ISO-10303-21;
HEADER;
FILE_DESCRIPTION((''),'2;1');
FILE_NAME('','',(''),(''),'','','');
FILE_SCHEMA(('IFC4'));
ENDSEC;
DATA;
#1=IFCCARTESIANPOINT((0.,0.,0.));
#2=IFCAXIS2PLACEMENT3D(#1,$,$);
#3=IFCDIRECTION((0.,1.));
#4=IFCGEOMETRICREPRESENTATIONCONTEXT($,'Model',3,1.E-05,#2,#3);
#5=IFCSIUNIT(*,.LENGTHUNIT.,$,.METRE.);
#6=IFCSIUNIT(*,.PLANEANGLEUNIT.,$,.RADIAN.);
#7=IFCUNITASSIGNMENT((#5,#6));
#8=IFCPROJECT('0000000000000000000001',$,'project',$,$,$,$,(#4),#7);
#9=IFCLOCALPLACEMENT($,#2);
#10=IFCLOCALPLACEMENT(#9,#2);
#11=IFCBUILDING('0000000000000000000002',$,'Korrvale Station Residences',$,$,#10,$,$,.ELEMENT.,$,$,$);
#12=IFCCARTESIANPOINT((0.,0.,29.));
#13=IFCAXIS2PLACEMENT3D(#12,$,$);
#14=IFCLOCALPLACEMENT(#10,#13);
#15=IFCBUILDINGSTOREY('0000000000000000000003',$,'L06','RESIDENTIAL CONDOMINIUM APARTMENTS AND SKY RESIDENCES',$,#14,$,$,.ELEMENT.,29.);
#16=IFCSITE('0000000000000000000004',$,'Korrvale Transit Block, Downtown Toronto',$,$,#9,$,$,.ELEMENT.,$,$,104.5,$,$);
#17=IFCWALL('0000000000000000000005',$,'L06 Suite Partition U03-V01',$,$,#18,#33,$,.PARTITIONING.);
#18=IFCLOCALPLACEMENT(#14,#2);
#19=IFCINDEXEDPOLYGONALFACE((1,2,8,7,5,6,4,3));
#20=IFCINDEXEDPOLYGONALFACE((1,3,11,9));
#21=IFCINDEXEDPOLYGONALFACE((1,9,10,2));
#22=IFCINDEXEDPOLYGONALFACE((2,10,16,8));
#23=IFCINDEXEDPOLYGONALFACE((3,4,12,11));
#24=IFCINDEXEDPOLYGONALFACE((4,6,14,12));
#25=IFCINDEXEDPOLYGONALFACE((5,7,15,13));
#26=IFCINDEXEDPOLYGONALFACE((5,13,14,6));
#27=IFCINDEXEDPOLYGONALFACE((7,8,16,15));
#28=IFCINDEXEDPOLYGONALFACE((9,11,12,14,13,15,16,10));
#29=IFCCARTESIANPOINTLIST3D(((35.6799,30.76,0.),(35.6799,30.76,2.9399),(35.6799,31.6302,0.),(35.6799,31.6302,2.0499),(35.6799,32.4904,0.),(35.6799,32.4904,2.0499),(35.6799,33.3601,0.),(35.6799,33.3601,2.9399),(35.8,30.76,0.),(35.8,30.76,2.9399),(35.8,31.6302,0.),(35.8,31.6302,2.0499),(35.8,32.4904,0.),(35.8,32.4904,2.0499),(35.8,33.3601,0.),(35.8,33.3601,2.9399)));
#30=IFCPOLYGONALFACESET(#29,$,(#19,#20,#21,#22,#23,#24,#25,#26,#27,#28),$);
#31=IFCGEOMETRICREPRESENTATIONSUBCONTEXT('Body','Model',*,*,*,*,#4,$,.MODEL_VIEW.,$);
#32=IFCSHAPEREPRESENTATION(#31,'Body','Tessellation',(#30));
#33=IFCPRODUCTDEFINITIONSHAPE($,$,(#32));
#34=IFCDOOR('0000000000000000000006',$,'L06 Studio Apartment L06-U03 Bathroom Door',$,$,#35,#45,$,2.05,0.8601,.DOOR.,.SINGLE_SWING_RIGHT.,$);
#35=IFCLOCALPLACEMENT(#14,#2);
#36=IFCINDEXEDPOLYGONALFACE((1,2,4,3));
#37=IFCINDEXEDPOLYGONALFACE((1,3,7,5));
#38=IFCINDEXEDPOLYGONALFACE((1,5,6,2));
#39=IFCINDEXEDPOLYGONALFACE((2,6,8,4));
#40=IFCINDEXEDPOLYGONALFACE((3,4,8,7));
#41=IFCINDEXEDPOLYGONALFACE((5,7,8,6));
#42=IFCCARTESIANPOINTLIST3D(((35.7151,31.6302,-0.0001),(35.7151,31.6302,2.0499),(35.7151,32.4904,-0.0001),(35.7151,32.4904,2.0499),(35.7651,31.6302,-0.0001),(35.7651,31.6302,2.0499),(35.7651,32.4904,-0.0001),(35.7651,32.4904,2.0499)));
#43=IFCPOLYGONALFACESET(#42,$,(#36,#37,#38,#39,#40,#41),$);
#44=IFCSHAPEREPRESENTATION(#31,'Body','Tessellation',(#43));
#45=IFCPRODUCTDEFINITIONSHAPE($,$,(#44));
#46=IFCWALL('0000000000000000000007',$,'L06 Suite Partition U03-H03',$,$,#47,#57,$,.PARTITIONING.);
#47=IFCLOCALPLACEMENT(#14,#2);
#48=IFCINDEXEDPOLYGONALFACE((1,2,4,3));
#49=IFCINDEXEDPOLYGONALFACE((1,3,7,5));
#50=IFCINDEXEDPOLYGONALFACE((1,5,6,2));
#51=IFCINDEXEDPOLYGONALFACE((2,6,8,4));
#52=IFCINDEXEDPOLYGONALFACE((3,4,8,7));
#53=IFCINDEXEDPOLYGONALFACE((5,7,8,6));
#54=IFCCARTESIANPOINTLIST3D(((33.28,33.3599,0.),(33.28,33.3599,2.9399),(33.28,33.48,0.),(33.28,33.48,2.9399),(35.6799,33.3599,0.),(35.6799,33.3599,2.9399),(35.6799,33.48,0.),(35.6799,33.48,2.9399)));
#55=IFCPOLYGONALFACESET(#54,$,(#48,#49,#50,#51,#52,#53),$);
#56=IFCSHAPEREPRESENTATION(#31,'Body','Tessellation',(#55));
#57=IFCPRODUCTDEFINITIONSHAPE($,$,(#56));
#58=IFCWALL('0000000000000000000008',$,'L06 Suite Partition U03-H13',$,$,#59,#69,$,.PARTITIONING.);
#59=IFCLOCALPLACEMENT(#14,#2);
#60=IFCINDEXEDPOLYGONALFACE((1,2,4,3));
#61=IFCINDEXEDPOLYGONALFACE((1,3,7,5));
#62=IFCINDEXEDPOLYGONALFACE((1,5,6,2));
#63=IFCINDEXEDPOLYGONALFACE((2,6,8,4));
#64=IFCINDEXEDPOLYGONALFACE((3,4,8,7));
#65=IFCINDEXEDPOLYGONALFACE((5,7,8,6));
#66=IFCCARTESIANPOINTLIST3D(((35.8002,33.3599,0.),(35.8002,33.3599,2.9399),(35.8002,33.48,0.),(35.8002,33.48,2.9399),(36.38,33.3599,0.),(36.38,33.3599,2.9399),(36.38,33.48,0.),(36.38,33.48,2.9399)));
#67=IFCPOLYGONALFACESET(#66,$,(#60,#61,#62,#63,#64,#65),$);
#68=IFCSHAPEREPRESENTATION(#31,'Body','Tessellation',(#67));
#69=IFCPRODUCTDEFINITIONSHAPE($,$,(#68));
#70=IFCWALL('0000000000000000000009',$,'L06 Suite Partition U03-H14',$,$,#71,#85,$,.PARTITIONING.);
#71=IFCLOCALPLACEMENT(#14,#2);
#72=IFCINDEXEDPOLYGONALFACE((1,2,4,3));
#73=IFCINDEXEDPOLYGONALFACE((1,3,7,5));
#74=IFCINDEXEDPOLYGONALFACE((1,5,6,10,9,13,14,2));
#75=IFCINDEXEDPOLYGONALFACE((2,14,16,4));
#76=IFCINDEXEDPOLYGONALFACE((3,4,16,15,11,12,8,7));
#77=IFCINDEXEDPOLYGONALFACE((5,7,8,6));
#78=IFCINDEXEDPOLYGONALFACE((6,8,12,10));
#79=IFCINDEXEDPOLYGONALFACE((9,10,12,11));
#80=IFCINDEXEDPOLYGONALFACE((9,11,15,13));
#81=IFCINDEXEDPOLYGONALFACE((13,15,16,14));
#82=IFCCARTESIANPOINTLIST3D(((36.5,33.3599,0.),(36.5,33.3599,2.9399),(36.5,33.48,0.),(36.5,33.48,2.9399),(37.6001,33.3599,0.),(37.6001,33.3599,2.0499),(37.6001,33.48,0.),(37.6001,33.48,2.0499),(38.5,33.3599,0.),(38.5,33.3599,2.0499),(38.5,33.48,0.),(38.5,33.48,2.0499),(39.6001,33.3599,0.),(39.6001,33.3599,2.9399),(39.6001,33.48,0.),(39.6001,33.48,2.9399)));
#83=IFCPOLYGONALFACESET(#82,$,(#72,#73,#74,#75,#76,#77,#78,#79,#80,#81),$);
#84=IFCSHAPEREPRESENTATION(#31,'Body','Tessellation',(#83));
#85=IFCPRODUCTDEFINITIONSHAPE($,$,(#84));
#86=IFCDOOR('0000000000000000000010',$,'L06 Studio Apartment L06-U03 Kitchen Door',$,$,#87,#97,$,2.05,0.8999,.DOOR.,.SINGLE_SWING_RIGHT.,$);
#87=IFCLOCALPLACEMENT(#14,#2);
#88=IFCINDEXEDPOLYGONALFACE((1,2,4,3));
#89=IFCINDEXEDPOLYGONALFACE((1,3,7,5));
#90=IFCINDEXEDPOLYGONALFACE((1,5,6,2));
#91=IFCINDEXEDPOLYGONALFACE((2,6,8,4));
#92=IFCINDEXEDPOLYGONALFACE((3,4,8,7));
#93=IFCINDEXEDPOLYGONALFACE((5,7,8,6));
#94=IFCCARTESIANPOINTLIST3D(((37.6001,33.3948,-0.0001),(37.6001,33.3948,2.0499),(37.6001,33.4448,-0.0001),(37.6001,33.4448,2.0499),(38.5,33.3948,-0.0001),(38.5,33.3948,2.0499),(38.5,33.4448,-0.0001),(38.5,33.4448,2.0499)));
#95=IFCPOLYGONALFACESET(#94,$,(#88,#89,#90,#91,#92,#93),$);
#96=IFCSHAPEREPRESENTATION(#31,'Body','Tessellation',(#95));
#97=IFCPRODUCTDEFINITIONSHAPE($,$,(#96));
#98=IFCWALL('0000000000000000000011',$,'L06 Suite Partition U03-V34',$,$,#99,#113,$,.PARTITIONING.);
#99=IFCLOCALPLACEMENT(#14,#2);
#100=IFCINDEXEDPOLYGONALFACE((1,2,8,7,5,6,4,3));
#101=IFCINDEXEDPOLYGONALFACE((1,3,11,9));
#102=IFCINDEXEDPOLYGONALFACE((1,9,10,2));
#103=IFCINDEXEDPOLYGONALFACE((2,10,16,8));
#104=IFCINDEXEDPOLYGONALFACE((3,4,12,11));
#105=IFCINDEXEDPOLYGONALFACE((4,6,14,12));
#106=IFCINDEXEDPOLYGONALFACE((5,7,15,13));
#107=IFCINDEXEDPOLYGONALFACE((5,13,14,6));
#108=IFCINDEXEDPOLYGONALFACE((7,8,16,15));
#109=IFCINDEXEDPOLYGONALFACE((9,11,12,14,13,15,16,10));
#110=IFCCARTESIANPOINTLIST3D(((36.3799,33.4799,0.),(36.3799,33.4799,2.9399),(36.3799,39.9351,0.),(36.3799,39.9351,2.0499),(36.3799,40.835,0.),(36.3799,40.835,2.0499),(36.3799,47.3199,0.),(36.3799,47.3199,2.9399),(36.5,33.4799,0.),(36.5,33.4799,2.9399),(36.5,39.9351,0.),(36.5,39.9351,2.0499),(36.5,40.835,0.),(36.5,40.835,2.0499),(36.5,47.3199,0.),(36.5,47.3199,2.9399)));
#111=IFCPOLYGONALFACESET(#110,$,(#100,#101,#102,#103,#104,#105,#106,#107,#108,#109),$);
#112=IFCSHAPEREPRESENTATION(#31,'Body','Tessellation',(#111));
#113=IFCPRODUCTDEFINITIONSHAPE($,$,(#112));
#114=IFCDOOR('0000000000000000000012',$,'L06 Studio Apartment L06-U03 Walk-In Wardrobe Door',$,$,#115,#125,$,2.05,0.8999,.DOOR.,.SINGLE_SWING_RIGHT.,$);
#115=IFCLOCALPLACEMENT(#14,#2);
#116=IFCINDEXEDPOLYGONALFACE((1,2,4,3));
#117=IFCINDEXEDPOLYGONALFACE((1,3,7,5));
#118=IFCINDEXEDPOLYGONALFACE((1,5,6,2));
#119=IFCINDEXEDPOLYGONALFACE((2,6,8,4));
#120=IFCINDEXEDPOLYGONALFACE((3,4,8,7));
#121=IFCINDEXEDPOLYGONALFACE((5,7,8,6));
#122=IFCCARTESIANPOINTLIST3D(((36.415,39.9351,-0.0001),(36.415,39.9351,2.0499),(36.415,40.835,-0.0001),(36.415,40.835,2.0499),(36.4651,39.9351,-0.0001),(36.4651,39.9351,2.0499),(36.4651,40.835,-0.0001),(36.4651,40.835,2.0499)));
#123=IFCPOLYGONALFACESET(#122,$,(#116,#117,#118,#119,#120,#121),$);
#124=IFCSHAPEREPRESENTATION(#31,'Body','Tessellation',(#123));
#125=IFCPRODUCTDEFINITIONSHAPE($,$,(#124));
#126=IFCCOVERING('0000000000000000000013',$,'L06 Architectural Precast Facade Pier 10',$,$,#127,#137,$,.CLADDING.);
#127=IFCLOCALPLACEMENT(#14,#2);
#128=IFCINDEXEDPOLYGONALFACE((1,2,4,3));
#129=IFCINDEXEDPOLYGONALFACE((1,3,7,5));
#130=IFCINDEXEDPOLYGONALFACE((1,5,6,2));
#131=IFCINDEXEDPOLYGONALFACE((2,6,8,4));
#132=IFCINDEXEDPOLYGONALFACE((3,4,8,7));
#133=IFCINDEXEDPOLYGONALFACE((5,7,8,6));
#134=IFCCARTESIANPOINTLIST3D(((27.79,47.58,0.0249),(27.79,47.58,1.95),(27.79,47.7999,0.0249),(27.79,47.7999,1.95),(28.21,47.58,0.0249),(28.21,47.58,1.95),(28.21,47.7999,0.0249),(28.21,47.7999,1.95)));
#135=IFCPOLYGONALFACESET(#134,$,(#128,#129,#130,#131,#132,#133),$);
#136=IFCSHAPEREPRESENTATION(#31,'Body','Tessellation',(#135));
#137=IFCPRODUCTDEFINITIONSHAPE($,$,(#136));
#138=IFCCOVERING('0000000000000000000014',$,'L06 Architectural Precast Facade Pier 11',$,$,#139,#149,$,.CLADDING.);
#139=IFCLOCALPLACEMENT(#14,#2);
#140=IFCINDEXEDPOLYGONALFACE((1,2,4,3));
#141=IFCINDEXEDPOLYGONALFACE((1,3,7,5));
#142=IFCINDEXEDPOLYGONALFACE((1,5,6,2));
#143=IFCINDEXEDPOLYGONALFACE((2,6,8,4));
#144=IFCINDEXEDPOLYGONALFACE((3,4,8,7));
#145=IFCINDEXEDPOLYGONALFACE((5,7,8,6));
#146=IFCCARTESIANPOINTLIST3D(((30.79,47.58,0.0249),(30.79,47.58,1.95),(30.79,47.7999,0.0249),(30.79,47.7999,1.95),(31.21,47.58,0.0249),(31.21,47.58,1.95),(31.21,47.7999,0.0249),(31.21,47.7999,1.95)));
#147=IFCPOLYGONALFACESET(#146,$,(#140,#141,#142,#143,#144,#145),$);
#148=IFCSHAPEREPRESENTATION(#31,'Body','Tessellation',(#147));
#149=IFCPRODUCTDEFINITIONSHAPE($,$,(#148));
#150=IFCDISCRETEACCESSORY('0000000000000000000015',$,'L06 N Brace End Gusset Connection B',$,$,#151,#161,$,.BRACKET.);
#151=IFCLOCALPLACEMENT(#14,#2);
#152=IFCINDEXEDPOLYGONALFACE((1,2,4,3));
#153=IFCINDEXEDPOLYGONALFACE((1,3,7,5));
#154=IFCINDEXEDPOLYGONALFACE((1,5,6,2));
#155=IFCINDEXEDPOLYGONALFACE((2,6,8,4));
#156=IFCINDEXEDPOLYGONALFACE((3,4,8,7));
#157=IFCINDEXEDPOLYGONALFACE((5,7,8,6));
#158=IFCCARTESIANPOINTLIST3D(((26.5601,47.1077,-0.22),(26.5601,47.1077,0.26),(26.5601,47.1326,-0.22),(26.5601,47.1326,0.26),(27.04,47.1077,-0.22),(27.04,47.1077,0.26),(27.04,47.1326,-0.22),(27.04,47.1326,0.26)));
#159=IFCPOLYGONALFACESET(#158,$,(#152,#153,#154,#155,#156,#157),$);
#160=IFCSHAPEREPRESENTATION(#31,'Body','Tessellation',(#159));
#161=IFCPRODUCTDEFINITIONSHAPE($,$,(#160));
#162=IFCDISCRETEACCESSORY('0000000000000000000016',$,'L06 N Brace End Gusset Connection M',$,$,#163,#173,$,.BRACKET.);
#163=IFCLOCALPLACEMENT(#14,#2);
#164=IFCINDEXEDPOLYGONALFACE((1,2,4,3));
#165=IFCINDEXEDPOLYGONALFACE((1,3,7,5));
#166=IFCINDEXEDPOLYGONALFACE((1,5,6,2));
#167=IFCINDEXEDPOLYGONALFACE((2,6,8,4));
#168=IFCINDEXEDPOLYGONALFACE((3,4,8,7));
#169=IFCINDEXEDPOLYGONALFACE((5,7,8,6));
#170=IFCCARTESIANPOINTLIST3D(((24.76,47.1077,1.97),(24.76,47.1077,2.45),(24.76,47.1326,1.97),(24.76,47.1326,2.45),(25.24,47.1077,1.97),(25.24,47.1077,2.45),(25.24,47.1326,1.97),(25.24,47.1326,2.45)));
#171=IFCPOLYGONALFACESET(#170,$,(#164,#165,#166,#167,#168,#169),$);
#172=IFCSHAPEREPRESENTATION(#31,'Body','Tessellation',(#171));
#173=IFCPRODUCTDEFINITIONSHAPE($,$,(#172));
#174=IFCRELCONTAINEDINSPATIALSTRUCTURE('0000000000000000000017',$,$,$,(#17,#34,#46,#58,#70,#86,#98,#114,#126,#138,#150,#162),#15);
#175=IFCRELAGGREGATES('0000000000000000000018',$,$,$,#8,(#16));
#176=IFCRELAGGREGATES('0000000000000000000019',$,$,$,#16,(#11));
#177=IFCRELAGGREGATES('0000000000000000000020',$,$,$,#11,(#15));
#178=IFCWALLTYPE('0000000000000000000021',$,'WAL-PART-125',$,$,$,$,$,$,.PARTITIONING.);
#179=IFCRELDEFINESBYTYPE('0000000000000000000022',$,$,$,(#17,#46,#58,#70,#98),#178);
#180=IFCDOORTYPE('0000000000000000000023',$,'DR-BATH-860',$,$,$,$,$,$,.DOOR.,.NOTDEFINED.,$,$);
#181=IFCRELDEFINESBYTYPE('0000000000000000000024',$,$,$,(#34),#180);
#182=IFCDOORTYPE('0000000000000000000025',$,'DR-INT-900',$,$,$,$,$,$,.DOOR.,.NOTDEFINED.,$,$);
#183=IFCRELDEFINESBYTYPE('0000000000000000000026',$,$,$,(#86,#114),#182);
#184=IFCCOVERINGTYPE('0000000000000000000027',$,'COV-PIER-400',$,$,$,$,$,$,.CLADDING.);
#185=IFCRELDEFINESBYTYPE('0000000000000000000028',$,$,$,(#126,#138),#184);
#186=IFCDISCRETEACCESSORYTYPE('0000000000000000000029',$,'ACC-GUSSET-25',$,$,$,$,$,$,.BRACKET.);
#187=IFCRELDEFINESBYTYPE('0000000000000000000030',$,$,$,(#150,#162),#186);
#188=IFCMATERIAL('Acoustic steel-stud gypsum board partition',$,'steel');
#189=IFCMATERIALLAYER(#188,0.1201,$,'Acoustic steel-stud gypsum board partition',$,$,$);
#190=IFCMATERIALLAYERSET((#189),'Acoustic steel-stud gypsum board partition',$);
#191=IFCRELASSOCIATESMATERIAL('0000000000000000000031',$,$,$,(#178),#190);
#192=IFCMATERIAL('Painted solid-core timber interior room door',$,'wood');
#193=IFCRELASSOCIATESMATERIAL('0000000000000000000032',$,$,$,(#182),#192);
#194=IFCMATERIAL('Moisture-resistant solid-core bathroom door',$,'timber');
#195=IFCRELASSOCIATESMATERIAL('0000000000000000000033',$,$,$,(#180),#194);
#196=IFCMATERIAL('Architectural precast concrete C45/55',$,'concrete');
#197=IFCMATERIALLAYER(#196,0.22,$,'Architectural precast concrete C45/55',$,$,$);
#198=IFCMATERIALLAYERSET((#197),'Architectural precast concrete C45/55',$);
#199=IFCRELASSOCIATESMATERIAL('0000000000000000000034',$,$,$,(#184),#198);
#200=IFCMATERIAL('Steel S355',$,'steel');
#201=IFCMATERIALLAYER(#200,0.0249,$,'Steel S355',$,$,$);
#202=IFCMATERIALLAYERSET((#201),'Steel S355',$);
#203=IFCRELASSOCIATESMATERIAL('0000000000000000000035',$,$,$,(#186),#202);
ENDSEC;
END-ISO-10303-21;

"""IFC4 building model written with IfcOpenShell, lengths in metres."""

from ifc_helpers import new_model, si_unit, direction, frame, frame_2d, origin, origin_2d, place, context, subcontext, project, spatial, rectangle, extrude, material, layer, layer_set, type_object, element, fill, save


model = new_model("IFC4")

# Units and contexts
model_context = context("Model", 3, precision=1e-05, world=origin(), true_north=direction((0.0, 1.0)))
body_context = subcontext(model_context, "Body", "Model", "MODEL_VIEW")
ifc_project = project(units=[si_unit("LENGTHUNIT", "METRE"), si_unit("PLANEANGLEUNIT", "RADIAN")], contexts=[model_context])

# Site, building, storey
site_placement = place(None, origin())
site = spatial("IfcSite", under=ifc_project, at=site_placement, Name="Korrvale Transit Block, Downtown Toronto", CompositionType="ELEMENT", RefElevation=104.5)
building_placement = place(site_placement, origin())
building = spatial("IfcBuilding", under=site, at=building_placement, Name="Korrvale Station Residences", CompositionType="ELEMENT")
storey_placement = place(building_placement, frame((0.0, 0.0, 29.0)))
storey = spatial("IfcBuildingStorey", under=building, at=storey_placement, Name="L06", Description="RESIDENTIAL CONDOMINIUM APARTMENTS AND SKY RESIDENCES", CompositionType="ELEMENT", Elevation=29.0)

# Shared definitions
ifc_material_1 = material(Name="Steel S355", Category="steel")

# Shared definitions
ifc_material_2 = material(Name="Acoustic steel-stud gypsum board partition", Category="steel")
ifc_layer_1 = layer(ifc_material_2, 0.1201, Name="Acoustic steel-stud gypsum board partition")
ifc_layer_set_1 = layer_set([ifc_layer_1], Name="Acoustic steel-stud gypsum board partition")
wall_type_1 = type_object("IfcWallType", Name="WAL-PART-125", PredefinedType="PARTITIONING", material=ifc_layer_set_1)

# Wall, opening, door
ifc_material_3 = material(Name="Painted solid-core timber interior room door", Category="wood")
door_type_1 = type_object("IfcDoorType", Name="DR-INT-900", OperationType="NOTDEFINED", PredefinedType="DOOR", material=ifc_material_3)
wall_1_placement = place(storey_placement, frame((35.74, 30.76, 0.0), z_axis=(0.0, 0.0, 1.0), x_axis=(0.0, 1.0, 0.0)))
wall_1 = element("IfcWall", 1, at=wall_1_placement, inside=storey, type_object=wall_type_1, Name="L06 Suite Partition U03-V01", PredefinedType="PARTITIONING", context=body_context, shape_type="SweptSolid", body=[
    extrude(rectangle(XDim=2.6001, YDim=0.1201, at=frame_2d((1.3, 0.0))), origin(), (0.0, 0.0, 1.0), 2.9399),
])
opening_1_placement = place(wall_1_placement, frame((0.8701, 0.0, 0.0)))
opening_1 = element("IfcOpeningElement", 2, at=opening_1_placement, cuts=wall_1, PredefinedType="OPENING", context=body_context, shape_type="SweptSolid", body=[
    extrude(rectangle(XDim=0.8601, YDim=2.05, at=frame_2d((0.4302, 1.0249))), frame((0.0, 0.0701, 0.0), z_axis=(0.0, -1.0, 0.0), x_axis=(1.0, 0.0, 0.0)), (0.0, 0.0, 1.0), 0.1401),
])
ifc_material_4 = material(Name="Moisture-resistant solid-core bathroom door", Category="timber")
door_type_2 = type_object("IfcDoorType", Name="DR-BATH-860", OperationType="NOTDEFINED", PredefinedType="DOOR", material=ifc_material_4)
door_1_placement = place(opening_1_placement, origin())
door_1 = element("IfcDoor", 3, at=door_1_placement, inside=storey, type_object=door_type_2, Name="L06 Studio Apartment L06-U03 Bathroom Door", OperationType="SINGLE_SWING_RIGHT", OverallHeight=2.05, OverallWidth=0.8601, PredefinedType="DOOR", context=body_context, shape_type="SweptSolid", body=[
    extrude(rectangle(XDim=0.8601, YDim=2.05, at=frame_2d((0.4302, 1.0249))), frame((0.0, 0.0249, 0.0), z_axis=(0.0, -1.0, 0.0), x_axis=(1.0, 0.0, 0.0)), (0.0, 0.0, 1.0), 0.05),
])
fill(opening_1, door_1)

# Walls
wall_2_placement = place(storey_placement, frame((33.28, 33.4199, 0.0), z_axis=(0.0, 0.0, 1.0), x_axis=(1.0, 0.0, 0.0)))
element("IfcWall", 4, at=wall_2_placement, inside=storey, type_object=wall_type_1, Name="L06 Suite Partition U03-H03", PredefinedType="PARTITIONING", context=body_context, shape_type="SweptSolid", body=[
    extrude(rectangle(XDim=2.3999, YDim=0.1201, at=frame_2d((1.2, 0.0))), origin(), (0.0, 0.0, 1.0), 2.9399),
])
wall_3_placement = place(storey_placement, frame((35.8, 33.4199, 0.0), z_axis=(0.0, 0.0, 1.0), x_axis=(1.0, 0.0, 0.0)))
element("IfcWall", 5, at=wall_3_placement, inside=storey, type_object=wall_type_1, Name="L06 Suite Partition U03-H13", PredefinedType="PARTITIONING", context=body_context, shape_type="SweptSolid", body=[
    extrude(rectangle(XDim=0.5798, YDim=0.1201, at=frame_2d((0.29, 0.0))), origin(), (0.0, 0.0, 1.0), 2.9399),
])

# Walls, openings, doors
wall_4_placement = place(storey_placement, frame((36.5, 33.4199, 0.0), z_axis=(0.0, 0.0, 1.0), x_axis=(1.0, 0.0, 0.0)))
wall_4 = element("IfcWall", 6, at=wall_4_placement, inside=storey, type_object=wall_type_1, Name="L06 Suite Partition U03-H14", PredefinedType="PARTITIONING", context=body_context, shape_type="SweptSolid", body=[
    extrude(rectangle(XDim=3.1001, YDim=0.1201, at=frame_2d((1.55, 0.0))), origin(), (0.0, 0.0, 1.0), 2.9399),
])
opening_2_placement = place(wall_4_placement, frame((1.1001, 0.0, 0.0)))
opening_2 = element("IfcOpeningElement", 7, at=opening_2_placement, cuts=wall_4, PredefinedType="OPENING", context=body_context, shape_type="SweptSolid", body=[
    extrude(rectangle(XDim=0.8999, YDim=2.05, at=frame_2d((0.45, 1.0249))), frame((0.0, 0.0701, 0.0), z_axis=(0.0, -1.0, 0.0), x_axis=(1.0, 0.0, 0.0)), (0.0, 0.0, 1.0), 0.1401),
])
door_2_placement = place(opening_2_placement, origin())
door_2 = element("IfcDoor", 8, at=door_2_placement, inside=storey, type_object=door_type_1, Name="L06 Studio Apartment L06-U03 Kitchen Door", OperationType="SINGLE_SWING_RIGHT", OverallHeight=2.05, OverallWidth=0.8999, PredefinedType="DOOR", context=body_context, shape_type="SweptSolid", body=[
    extrude(rectangle(XDim=0.8999, YDim=2.05, at=frame_2d((0.45, 1.0249))), frame((0.0, 0.0249, 0.0), z_axis=(0.0, -1.0, 0.0), x_axis=(1.0, 0.0, 0.0)), (0.0, 0.0, 1.0), 0.05),
])
fill(opening_2, door_2)
wall_5_placement = place(storey_placement, frame((36.4399, 33.48, 0.0), z_axis=(0.0, 0.0, 1.0), x_axis=(0.0, 1.0, 0.0)))
wall_5 = element("IfcWall", 9, at=wall_5_placement, inside=storey, type_object=wall_type_1, Name="L06 Suite Partition U03-V34", PredefinedType="PARTITIONING", context=body_context, shape_type="SweptSolid", body=[
    extrude(rectangle(XDim=13.8401, YDim=0.1201, at=frame_2d((6.9199, 0.0))), origin(), (0.0, 0.0, 1.0), 2.9399),
])
opening_3_placement = place(wall_5_placement, frame((6.4551, 0.0, 0.0)))
opening_3 = element("IfcOpeningElement", 10, at=opening_3_placement, cuts=wall_5, PredefinedType="OPENING", context=body_context, shape_type="SweptSolid", body=[
    extrude(rectangle(XDim=0.8999, YDim=2.05, at=frame_2d((0.45, 1.0249))), frame((0.0, 0.0701, 0.0), z_axis=(0.0, -1.0, 0.0), x_axis=(1.0, 0.0, 0.0)), (0.0, 0.0, 1.0), 0.1401),
])
door_3_placement = place(opening_3_placement, origin())
door_3 = element("IfcDoor", 11, at=door_3_placement, inside=storey, type_object=door_type_1, Name="L06 Studio Apartment L06-U03 Walk-In Wardrobe Door", OperationType="SINGLE_SWING_RIGHT", OverallHeight=2.05, OverallWidth=0.8999, PredefinedType="DOOR", context=body_context, shape_type="SweptSolid", body=[
    extrude(rectangle(XDim=0.8999, YDim=2.05, at=frame_2d((0.45, 1.0249))), frame((0.0, 0.0249, 0.0), z_axis=(0.0, -1.0, 0.0), x_axis=(1.0, 0.0, 0.0)), (0.0, 0.0, 1.0), 0.05),
])
fill(opening_3, door_3)

# Coverings
ifc_material_5 = material(Name="Architectural precast concrete C45/55", Category="concrete")
ifc_layer_2 = layer(ifc_material_5, 0.22, Name="Architectural precast concrete C45/55")
ifc_layer_set_2 = layer_set([ifc_layer_2], Name="Architectural precast concrete C45/55")
covering_type = type_object("IfcCoveringType", Name="COV-PIER-400", PredefinedType="CLADDING", material=ifc_layer_set_2)
for number, where, z_axis, x_axis, name in (
    (12, (28.0, 47.6899, 0.0249), (0.0, 0.0, 1.0), (1.0, 0.0, 0.0), "L06 Architectural Precast Facade Pier 10"),
    (13, (31.0, 47.6899, 0.0249), (0.0, 0.0, 1.0), (1.0, 0.0, 0.0), "L06 Architectural Precast Facade Pier 11"),
):
    element("IfcCovering", number, at=place(storey_placement, frame(where, z_axis=z_axis, x_axis=x_axis)), inside=storey, type_object=covering_type, Name=name, PredefinedType="CLADDING", context=body_context, shape_type="SweptSolid", body=[
        extrude(rectangle(XDim=0.4199, YDim=0.22, at=origin_2d()), origin(), (0.0, 0.0, 1.0), 1.925),
    ])

# Discrete accessories
ifc_layer_3 = layer(ifc_material_1, 0.0249, Name="Steel S355")
ifc_layer_set_3 = layer_set([ifc_layer_3], Name="Steel S355")
discrete_accessory_type = type_object("IfcDiscreteAccessoryType", Name="ACC-GUSSET-25", PredefinedType="BRACKET", material=ifc_layer_set_3)
for number, where, z_axis, x_axis, name in (
    (14, (26.8, 47.1201, -0.22), (0.0, 0.0, 1.0), (1.0, 0.0, 0.0), "L06 N Brace End Gusset Connection B"),
    (15, (25.0, 47.1201, 1.97), (0.0, 0.0, 1.0), (1.0, 0.0, 0.0), "L06 N Brace End Gusset Connection M"),
):
    element("IfcDiscreteAccessory", number, at=place(storey_placement, frame(where, z_axis=z_axis, x_axis=x_axis)), inside=storey, type_object=discrete_accessory_type, Name=name, PredefinedType="BRACKET", context=body_context, shape_type="SweptSolid", body=[
        extrude(rectangle(XDim=0.48, YDim=0.0249, at=origin_2d()), origin(), (0.0, 0.0, 1.0), 0.48),
    ])

save(model, "model.ifc")
